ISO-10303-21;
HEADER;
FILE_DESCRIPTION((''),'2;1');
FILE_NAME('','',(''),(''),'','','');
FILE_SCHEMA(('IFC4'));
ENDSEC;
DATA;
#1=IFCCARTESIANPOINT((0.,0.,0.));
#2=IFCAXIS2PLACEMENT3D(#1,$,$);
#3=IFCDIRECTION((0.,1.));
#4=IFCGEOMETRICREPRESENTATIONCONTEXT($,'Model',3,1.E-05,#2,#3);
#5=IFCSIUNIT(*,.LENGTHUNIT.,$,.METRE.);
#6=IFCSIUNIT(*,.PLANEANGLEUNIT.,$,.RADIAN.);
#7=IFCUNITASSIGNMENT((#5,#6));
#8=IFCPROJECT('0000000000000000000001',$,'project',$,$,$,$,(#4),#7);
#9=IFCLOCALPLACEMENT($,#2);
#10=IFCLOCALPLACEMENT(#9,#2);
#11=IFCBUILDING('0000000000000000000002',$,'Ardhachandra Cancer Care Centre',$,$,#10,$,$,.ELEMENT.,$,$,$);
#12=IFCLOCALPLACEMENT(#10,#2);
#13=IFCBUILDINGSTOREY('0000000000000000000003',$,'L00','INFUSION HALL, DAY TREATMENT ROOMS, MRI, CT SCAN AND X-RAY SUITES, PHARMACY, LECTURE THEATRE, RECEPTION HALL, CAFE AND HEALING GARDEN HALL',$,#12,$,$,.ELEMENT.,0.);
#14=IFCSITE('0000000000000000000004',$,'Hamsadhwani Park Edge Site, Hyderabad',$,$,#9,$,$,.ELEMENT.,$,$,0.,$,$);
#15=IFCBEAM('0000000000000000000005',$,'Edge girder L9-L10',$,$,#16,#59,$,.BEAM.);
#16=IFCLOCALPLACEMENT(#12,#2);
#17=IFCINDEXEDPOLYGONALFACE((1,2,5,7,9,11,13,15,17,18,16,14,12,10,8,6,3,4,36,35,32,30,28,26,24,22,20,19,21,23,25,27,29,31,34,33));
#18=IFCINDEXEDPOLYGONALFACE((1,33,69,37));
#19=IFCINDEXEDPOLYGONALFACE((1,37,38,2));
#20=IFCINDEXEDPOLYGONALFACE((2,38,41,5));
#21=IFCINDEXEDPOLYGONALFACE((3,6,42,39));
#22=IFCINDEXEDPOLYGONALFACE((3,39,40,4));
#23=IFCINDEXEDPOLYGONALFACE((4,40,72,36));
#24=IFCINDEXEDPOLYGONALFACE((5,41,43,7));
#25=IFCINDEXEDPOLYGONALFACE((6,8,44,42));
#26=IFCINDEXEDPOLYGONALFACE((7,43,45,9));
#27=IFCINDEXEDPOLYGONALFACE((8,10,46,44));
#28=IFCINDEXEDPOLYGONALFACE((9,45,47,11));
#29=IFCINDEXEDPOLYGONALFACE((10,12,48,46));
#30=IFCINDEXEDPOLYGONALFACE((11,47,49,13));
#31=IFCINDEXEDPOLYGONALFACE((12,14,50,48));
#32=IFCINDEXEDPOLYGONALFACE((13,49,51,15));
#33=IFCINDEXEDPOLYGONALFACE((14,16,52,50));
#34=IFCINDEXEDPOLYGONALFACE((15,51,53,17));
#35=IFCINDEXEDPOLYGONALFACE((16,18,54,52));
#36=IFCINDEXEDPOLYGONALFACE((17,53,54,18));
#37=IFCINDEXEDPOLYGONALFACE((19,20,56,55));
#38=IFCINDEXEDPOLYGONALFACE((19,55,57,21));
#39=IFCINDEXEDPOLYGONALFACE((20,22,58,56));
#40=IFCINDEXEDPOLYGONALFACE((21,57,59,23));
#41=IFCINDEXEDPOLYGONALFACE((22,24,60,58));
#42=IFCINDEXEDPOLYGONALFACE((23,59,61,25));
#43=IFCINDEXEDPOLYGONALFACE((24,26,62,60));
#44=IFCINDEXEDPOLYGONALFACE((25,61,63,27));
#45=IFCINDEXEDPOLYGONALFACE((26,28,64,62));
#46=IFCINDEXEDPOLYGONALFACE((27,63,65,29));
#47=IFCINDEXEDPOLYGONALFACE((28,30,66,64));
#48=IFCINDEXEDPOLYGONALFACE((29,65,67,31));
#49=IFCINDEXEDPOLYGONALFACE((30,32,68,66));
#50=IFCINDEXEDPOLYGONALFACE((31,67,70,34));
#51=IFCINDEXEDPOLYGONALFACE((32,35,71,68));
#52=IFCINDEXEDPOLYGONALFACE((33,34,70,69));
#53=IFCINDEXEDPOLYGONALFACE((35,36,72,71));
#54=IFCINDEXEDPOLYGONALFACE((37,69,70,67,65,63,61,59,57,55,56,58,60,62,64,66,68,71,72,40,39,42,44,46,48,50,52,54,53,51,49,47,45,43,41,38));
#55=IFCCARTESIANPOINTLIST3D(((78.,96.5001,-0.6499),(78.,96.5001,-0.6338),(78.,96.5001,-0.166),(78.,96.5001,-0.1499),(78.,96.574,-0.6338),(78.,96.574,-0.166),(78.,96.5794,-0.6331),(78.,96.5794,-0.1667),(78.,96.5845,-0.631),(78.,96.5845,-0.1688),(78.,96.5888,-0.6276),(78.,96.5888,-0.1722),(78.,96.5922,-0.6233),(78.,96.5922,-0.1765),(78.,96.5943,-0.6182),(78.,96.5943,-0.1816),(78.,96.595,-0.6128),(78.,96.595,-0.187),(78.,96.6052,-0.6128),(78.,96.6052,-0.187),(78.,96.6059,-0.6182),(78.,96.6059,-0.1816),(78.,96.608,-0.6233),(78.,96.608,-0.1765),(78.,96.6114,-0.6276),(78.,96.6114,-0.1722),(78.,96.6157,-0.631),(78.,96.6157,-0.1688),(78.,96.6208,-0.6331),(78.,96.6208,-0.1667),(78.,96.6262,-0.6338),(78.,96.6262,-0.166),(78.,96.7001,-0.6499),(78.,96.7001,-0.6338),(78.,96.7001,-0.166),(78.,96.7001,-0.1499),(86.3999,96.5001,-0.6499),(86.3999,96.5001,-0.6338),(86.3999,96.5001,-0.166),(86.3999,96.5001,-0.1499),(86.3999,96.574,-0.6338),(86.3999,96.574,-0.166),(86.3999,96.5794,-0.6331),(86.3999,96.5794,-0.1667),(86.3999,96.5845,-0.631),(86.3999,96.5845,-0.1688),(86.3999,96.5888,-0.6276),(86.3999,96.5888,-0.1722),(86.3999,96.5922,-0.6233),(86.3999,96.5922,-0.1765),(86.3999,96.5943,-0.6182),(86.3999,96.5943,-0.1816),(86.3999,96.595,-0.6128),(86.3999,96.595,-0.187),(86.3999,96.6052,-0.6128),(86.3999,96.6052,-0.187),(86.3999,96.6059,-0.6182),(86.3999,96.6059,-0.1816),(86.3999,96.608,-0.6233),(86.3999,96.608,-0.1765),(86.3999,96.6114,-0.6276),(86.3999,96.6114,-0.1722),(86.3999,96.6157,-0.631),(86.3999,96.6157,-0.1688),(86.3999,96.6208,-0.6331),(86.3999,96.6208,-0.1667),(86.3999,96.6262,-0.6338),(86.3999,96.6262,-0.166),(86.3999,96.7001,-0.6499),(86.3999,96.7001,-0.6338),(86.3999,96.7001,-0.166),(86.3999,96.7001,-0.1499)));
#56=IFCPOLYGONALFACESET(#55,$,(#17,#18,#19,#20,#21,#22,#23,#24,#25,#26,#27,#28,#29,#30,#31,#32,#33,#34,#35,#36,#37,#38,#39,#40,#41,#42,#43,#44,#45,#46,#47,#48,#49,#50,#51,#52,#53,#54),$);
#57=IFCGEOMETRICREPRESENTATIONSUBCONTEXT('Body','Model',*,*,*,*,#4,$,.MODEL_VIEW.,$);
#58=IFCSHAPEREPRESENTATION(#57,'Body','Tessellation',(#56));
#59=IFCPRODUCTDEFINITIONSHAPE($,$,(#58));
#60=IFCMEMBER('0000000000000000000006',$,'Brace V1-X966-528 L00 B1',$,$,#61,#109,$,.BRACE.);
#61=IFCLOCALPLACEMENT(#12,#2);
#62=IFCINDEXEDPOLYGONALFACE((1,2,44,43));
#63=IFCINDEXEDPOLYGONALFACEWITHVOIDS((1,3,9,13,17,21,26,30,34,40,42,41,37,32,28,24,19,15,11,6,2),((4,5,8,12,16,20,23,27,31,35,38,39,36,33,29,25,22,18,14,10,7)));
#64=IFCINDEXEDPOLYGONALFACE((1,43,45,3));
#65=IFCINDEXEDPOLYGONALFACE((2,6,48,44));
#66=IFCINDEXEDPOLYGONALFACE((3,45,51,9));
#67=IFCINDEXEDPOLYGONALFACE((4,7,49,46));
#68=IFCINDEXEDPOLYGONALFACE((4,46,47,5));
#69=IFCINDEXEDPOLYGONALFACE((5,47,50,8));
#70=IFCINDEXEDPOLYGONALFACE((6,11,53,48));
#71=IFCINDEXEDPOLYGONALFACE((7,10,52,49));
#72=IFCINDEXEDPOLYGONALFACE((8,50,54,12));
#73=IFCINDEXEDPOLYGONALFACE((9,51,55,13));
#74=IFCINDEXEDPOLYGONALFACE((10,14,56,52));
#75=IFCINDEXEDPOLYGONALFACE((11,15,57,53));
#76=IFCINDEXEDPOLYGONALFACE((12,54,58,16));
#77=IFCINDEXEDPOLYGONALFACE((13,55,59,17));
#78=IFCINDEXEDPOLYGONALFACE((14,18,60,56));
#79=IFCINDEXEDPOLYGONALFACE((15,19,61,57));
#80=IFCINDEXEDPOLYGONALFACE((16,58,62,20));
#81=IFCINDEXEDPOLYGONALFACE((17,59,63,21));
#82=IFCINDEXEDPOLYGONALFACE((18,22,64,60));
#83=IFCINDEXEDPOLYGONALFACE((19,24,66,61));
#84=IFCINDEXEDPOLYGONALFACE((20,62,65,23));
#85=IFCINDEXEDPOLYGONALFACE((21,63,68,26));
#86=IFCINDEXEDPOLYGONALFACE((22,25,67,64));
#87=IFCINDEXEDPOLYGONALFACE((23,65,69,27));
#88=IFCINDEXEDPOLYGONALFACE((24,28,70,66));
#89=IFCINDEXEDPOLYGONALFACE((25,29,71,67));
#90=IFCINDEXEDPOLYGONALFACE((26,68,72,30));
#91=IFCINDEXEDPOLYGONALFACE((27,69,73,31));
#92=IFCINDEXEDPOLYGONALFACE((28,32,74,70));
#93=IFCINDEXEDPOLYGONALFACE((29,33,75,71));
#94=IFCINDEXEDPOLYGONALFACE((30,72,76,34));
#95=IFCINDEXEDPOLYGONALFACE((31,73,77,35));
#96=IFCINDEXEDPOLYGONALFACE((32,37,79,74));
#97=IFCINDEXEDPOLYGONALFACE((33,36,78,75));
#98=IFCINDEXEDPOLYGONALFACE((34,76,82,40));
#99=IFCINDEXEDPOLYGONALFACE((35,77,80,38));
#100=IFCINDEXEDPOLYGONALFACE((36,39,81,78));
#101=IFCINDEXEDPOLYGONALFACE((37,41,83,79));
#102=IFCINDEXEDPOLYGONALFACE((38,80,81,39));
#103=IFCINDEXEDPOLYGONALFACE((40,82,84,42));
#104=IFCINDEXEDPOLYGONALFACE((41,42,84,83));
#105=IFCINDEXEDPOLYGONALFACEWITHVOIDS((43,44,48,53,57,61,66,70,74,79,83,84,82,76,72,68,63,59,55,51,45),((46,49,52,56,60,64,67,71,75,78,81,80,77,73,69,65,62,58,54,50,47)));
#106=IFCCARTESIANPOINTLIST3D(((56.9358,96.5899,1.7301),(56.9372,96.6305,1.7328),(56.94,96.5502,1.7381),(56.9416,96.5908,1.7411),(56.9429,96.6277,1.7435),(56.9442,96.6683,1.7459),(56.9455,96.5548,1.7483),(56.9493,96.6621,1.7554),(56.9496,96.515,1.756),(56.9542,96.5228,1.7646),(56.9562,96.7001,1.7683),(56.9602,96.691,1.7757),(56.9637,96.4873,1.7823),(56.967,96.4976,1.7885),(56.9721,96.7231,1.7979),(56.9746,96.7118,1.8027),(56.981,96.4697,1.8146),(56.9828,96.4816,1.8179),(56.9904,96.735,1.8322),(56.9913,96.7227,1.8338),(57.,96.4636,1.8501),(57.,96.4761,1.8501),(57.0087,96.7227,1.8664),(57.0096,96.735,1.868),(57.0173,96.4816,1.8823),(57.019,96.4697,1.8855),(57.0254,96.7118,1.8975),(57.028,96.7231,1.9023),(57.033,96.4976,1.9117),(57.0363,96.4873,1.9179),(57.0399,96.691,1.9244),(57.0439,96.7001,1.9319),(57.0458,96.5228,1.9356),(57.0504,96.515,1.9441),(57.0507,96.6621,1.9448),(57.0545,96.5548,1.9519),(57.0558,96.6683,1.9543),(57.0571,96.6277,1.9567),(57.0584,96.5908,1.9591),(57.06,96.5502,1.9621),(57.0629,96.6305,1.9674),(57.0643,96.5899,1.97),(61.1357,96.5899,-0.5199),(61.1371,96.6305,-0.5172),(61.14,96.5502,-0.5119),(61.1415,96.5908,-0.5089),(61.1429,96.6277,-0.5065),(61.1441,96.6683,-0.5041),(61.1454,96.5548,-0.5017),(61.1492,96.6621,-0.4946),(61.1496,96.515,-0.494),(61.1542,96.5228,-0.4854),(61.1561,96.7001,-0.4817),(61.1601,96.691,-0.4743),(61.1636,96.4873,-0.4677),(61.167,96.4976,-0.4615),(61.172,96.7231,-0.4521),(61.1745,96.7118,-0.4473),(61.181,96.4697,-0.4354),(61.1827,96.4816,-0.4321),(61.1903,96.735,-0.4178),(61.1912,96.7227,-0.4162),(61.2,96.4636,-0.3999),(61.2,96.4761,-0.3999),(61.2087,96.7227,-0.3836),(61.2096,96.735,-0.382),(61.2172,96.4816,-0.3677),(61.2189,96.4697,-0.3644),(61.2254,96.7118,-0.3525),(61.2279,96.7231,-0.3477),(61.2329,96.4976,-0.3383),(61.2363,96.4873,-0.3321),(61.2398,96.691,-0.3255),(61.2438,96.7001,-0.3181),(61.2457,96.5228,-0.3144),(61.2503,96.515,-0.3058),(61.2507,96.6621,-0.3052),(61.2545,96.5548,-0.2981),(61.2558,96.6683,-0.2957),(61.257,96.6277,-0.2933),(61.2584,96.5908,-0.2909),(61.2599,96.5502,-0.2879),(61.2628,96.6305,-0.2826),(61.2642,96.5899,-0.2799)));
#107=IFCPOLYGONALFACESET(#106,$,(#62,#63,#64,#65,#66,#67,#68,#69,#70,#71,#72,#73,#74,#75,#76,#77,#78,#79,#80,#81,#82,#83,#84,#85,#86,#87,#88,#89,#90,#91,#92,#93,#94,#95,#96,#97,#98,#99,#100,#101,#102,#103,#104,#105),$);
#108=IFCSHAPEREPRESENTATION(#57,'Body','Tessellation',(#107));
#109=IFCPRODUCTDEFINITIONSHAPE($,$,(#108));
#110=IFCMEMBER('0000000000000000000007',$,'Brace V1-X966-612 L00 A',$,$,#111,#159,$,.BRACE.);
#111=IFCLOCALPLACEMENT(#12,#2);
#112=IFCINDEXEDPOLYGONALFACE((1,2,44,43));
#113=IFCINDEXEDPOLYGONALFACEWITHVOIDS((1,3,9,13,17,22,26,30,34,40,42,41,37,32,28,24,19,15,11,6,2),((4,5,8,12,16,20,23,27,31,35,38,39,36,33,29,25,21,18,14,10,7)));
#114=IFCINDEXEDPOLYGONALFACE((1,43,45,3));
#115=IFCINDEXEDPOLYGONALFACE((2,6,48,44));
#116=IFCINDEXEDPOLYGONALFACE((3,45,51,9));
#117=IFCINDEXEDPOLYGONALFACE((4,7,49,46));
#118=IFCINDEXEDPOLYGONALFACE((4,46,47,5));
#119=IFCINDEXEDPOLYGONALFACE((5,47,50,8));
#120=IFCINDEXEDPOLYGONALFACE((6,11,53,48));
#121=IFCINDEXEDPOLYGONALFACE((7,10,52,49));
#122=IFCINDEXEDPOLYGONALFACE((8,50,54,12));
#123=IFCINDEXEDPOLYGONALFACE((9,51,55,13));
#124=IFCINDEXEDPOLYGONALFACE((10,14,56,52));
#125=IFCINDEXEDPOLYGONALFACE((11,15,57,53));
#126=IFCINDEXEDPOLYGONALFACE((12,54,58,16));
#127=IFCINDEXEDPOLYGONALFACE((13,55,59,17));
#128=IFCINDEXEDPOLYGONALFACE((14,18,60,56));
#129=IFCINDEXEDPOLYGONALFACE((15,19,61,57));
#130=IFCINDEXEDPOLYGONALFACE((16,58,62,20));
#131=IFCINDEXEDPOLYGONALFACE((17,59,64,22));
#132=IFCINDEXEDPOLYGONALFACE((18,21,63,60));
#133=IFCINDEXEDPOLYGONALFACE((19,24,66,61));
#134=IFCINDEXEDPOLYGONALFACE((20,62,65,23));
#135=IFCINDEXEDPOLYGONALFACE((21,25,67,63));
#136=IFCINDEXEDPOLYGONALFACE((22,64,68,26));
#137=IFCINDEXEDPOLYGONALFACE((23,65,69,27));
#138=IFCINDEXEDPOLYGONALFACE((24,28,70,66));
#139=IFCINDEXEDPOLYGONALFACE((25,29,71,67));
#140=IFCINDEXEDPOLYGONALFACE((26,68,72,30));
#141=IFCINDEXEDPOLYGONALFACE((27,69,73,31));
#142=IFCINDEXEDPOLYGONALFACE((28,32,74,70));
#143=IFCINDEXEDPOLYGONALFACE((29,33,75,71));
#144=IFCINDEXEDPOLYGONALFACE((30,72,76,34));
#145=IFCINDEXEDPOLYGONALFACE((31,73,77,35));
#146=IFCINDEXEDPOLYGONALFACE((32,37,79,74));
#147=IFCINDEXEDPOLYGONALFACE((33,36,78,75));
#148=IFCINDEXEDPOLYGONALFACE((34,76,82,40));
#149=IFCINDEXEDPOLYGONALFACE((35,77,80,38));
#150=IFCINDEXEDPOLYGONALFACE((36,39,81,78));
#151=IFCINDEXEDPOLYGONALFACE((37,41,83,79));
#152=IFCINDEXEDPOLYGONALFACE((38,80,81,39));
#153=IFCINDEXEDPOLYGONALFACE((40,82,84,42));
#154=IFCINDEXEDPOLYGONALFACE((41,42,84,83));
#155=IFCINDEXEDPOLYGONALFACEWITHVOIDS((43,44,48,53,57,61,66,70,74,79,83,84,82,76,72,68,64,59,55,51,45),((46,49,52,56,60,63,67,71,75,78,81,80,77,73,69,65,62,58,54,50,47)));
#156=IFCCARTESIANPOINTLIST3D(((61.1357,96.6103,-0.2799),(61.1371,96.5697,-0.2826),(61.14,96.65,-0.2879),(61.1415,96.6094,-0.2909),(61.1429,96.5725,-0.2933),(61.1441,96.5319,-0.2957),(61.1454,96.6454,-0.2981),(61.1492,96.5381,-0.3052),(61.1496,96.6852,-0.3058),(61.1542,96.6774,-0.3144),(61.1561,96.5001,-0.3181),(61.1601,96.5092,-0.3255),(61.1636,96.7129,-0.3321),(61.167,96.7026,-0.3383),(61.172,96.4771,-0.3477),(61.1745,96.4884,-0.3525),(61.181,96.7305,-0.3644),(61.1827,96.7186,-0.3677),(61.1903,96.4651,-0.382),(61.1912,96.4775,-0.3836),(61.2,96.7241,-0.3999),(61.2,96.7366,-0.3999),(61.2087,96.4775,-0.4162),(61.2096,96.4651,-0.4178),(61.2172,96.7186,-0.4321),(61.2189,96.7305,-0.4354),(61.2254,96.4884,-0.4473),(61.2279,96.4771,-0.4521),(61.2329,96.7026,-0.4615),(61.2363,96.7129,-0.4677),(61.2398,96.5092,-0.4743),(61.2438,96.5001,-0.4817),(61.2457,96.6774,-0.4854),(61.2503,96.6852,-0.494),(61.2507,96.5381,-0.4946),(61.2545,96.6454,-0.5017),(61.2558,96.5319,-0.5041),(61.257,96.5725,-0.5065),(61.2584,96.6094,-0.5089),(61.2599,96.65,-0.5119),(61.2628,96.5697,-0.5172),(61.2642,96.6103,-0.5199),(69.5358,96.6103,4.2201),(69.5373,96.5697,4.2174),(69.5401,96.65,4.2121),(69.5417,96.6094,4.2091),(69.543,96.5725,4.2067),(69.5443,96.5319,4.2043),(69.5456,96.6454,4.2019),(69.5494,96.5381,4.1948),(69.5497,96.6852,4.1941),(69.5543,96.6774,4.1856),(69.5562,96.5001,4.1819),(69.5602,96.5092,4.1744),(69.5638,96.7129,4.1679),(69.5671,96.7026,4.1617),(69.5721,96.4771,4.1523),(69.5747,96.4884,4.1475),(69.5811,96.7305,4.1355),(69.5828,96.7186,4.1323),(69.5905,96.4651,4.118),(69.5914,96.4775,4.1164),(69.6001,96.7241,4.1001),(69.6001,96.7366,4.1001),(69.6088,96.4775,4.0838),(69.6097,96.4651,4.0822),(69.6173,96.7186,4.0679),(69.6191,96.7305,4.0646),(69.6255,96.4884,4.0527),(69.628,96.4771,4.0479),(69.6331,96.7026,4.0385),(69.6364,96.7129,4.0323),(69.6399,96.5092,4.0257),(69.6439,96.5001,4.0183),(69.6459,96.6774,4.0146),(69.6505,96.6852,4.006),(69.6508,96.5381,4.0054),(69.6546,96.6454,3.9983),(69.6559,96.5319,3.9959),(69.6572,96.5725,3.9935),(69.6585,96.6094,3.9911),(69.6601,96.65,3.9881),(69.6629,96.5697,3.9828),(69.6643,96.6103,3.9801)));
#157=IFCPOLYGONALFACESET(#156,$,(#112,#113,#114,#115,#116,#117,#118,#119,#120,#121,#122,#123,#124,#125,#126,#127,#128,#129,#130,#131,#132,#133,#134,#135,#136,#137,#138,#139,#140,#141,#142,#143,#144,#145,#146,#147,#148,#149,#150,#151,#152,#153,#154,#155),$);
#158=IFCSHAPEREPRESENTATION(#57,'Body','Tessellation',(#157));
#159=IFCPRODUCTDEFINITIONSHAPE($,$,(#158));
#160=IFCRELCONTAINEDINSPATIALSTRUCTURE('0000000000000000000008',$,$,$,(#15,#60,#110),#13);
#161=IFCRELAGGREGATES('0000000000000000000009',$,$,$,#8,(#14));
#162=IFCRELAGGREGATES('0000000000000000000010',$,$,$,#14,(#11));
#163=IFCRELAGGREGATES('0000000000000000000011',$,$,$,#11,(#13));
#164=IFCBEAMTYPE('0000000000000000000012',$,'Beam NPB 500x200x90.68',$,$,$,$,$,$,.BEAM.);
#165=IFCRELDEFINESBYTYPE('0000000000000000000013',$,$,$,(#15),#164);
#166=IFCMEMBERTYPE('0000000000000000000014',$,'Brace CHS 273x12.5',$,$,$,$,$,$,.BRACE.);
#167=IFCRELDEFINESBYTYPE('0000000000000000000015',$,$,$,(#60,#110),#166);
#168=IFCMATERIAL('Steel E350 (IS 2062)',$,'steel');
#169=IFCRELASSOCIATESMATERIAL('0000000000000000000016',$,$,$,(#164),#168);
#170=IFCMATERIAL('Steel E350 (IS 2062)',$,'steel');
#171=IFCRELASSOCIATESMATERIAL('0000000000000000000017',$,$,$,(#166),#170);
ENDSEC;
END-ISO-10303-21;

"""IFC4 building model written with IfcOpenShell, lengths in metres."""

from ifc_helpers import new_model, si_unit, direction, frame, origin, origin_2d, place, context, subcontext, project, spatial, hollow_circle, i_section, extrude, material, material_profile, profile_set, type_object, element, save


model = new_model("IFC4")

# Units and contexts
model_context = context("Model", 3, precision=1e-05, world=origin(), true_north=direction((0.0, 1.0)))
body_context = subcontext(model_context, "Body", "Model", "MODEL_VIEW")
ifc_project = project(units=[si_unit("LENGTHUNIT", "METRE"), si_unit("PLANEANGLEUNIT", "RADIAN")], contexts=[model_context])

# Site, building, storey
site_placement = place(None, origin())
site = spatial("IfcSite", under=ifc_project, at=site_placement, Name="Hamsadhwani Park Edge Site, Hyderabad", CompositionType="ELEMENT", RefElevation=0.0)
building_placement = place(site_placement, origin())
building = spatial("IfcBuilding", under=site, at=building_placement, Name="Ardhachandra Cancer Care Centre", CompositionType="ELEMENT")
storey_placement = place(building_placement, origin())
storey = spatial("IfcBuildingStorey", under=building, at=storey_placement, Name="L00", Description="INFUSION HALL, DAY TREATMENT ROOMS, MRI, CT SCAN AND X-RAY SUITES, PHARMACY, LECTURE THEATRE, RECEPTION HALL, CAFE AND HEALING GARDEN HALL", CompositionType="ELEMENT", Elevation=0.0)

# Beam
ifc_material_1 = material(Name="Steel E350 (IS 2062)", Category="steel")
ifc_material_profile_1 = material_profile(ifc_material_1, i_section(OverallWidth=0.2, OverallDepth=0.5, WebThickness=0.0103, FlangeThickness=0.0161, FilletRadius=0.021, at=origin_2d()), Name="NPB 500x200x90.68")
ifc_profile_set_1 = profile_set([ifc_material_profile_1], Name="Steel E350 (IS 2062)")
beam_type = type_object("IfcBeamType", Name="Beam NPB 500x200x90.68", PredefinedType="BEAM", material=ifc_profile_set_1)
beam_placement = place(storey_placement, frame((78.0, 96.6001, -0.3999), z_axis=(1.0, 0.0, 0.0), x_axis=(0.0, 1.0, 0.0)))
element("IfcBeam", 1, at=beam_placement, inside=storey, type_object=beam_type, Name="Edge girder L9-L10", PredefinedType="BEAM", context=body_context, shape_type="SweptSolid", body=[
    extrude(i_section(OverallWidth=0.2, OverallDepth=0.5, WebThickness=0.0103, FlangeThickness=0.0161, FilletRadius=0.021, at=origin_2d()), origin(), (0.0, 0.0, 1.0), 8.3999),
])

# Members
ifc_material_2 = material(Name="Steel E350 (IS 2062)", Category="steel")
ifc_material_profile_2 = material_profile(ifc_material_2, hollow_circle(Radius=0.1365, WallThickness=0.0125, at=origin_2d()), Name="CHS 273x12.5")
ifc_profile_set_2 = profile_set([ifc_material_profile_2], Name="Steel E350 (IS 2062)")
member_type_1 = type_object("IfcMemberType", Name="Brace CHS 273x12.5", PredefinedType="BRACE", material=ifc_profile_set_2)
member_1_placement = place(storey_placement, frame((61.2, 96.6001, -0.3999), z_axis=(-0.881478, 0.0, 0.472226), x_axis=(0.0, -1.0, 0.0)))
element("IfcMember", 2, at=member_1_placement, inside=storey, type_object=member_type_1, Name="Brace V1-X966-528 L00 B1", PredefinedType="BRACE", context=body_context, shape_type="SweptSolid", body=[
    extrude(hollow_circle(Radius=0.1365, WallThickness=0.0125, at=origin_2d()), origin(), (0.0, 0.0, 1.0), 4.7646),
])
member_2_placement = place(storey_placement, frame((61.2, 96.6001, -0.3999), z_axis=(0.881483, 0.0, 0.472215), x_axis=(0.0, 1.0, 0.0)))
element("IfcMember", 3, at=member_2_placement, inside=storey, type_object=member_type_1, Name="Brace V1-X966-612 L00 A", PredefinedType="BRACE", context=body_context, shape_type="SweptSolid", body=[
    extrude(hollow_circle(Radius=0.1365, WallThickness=0.0125, at=origin_2d()), origin(), (0.0, 0.0, 1.0), 9.5295),
])

save(model, "model.ifc")
